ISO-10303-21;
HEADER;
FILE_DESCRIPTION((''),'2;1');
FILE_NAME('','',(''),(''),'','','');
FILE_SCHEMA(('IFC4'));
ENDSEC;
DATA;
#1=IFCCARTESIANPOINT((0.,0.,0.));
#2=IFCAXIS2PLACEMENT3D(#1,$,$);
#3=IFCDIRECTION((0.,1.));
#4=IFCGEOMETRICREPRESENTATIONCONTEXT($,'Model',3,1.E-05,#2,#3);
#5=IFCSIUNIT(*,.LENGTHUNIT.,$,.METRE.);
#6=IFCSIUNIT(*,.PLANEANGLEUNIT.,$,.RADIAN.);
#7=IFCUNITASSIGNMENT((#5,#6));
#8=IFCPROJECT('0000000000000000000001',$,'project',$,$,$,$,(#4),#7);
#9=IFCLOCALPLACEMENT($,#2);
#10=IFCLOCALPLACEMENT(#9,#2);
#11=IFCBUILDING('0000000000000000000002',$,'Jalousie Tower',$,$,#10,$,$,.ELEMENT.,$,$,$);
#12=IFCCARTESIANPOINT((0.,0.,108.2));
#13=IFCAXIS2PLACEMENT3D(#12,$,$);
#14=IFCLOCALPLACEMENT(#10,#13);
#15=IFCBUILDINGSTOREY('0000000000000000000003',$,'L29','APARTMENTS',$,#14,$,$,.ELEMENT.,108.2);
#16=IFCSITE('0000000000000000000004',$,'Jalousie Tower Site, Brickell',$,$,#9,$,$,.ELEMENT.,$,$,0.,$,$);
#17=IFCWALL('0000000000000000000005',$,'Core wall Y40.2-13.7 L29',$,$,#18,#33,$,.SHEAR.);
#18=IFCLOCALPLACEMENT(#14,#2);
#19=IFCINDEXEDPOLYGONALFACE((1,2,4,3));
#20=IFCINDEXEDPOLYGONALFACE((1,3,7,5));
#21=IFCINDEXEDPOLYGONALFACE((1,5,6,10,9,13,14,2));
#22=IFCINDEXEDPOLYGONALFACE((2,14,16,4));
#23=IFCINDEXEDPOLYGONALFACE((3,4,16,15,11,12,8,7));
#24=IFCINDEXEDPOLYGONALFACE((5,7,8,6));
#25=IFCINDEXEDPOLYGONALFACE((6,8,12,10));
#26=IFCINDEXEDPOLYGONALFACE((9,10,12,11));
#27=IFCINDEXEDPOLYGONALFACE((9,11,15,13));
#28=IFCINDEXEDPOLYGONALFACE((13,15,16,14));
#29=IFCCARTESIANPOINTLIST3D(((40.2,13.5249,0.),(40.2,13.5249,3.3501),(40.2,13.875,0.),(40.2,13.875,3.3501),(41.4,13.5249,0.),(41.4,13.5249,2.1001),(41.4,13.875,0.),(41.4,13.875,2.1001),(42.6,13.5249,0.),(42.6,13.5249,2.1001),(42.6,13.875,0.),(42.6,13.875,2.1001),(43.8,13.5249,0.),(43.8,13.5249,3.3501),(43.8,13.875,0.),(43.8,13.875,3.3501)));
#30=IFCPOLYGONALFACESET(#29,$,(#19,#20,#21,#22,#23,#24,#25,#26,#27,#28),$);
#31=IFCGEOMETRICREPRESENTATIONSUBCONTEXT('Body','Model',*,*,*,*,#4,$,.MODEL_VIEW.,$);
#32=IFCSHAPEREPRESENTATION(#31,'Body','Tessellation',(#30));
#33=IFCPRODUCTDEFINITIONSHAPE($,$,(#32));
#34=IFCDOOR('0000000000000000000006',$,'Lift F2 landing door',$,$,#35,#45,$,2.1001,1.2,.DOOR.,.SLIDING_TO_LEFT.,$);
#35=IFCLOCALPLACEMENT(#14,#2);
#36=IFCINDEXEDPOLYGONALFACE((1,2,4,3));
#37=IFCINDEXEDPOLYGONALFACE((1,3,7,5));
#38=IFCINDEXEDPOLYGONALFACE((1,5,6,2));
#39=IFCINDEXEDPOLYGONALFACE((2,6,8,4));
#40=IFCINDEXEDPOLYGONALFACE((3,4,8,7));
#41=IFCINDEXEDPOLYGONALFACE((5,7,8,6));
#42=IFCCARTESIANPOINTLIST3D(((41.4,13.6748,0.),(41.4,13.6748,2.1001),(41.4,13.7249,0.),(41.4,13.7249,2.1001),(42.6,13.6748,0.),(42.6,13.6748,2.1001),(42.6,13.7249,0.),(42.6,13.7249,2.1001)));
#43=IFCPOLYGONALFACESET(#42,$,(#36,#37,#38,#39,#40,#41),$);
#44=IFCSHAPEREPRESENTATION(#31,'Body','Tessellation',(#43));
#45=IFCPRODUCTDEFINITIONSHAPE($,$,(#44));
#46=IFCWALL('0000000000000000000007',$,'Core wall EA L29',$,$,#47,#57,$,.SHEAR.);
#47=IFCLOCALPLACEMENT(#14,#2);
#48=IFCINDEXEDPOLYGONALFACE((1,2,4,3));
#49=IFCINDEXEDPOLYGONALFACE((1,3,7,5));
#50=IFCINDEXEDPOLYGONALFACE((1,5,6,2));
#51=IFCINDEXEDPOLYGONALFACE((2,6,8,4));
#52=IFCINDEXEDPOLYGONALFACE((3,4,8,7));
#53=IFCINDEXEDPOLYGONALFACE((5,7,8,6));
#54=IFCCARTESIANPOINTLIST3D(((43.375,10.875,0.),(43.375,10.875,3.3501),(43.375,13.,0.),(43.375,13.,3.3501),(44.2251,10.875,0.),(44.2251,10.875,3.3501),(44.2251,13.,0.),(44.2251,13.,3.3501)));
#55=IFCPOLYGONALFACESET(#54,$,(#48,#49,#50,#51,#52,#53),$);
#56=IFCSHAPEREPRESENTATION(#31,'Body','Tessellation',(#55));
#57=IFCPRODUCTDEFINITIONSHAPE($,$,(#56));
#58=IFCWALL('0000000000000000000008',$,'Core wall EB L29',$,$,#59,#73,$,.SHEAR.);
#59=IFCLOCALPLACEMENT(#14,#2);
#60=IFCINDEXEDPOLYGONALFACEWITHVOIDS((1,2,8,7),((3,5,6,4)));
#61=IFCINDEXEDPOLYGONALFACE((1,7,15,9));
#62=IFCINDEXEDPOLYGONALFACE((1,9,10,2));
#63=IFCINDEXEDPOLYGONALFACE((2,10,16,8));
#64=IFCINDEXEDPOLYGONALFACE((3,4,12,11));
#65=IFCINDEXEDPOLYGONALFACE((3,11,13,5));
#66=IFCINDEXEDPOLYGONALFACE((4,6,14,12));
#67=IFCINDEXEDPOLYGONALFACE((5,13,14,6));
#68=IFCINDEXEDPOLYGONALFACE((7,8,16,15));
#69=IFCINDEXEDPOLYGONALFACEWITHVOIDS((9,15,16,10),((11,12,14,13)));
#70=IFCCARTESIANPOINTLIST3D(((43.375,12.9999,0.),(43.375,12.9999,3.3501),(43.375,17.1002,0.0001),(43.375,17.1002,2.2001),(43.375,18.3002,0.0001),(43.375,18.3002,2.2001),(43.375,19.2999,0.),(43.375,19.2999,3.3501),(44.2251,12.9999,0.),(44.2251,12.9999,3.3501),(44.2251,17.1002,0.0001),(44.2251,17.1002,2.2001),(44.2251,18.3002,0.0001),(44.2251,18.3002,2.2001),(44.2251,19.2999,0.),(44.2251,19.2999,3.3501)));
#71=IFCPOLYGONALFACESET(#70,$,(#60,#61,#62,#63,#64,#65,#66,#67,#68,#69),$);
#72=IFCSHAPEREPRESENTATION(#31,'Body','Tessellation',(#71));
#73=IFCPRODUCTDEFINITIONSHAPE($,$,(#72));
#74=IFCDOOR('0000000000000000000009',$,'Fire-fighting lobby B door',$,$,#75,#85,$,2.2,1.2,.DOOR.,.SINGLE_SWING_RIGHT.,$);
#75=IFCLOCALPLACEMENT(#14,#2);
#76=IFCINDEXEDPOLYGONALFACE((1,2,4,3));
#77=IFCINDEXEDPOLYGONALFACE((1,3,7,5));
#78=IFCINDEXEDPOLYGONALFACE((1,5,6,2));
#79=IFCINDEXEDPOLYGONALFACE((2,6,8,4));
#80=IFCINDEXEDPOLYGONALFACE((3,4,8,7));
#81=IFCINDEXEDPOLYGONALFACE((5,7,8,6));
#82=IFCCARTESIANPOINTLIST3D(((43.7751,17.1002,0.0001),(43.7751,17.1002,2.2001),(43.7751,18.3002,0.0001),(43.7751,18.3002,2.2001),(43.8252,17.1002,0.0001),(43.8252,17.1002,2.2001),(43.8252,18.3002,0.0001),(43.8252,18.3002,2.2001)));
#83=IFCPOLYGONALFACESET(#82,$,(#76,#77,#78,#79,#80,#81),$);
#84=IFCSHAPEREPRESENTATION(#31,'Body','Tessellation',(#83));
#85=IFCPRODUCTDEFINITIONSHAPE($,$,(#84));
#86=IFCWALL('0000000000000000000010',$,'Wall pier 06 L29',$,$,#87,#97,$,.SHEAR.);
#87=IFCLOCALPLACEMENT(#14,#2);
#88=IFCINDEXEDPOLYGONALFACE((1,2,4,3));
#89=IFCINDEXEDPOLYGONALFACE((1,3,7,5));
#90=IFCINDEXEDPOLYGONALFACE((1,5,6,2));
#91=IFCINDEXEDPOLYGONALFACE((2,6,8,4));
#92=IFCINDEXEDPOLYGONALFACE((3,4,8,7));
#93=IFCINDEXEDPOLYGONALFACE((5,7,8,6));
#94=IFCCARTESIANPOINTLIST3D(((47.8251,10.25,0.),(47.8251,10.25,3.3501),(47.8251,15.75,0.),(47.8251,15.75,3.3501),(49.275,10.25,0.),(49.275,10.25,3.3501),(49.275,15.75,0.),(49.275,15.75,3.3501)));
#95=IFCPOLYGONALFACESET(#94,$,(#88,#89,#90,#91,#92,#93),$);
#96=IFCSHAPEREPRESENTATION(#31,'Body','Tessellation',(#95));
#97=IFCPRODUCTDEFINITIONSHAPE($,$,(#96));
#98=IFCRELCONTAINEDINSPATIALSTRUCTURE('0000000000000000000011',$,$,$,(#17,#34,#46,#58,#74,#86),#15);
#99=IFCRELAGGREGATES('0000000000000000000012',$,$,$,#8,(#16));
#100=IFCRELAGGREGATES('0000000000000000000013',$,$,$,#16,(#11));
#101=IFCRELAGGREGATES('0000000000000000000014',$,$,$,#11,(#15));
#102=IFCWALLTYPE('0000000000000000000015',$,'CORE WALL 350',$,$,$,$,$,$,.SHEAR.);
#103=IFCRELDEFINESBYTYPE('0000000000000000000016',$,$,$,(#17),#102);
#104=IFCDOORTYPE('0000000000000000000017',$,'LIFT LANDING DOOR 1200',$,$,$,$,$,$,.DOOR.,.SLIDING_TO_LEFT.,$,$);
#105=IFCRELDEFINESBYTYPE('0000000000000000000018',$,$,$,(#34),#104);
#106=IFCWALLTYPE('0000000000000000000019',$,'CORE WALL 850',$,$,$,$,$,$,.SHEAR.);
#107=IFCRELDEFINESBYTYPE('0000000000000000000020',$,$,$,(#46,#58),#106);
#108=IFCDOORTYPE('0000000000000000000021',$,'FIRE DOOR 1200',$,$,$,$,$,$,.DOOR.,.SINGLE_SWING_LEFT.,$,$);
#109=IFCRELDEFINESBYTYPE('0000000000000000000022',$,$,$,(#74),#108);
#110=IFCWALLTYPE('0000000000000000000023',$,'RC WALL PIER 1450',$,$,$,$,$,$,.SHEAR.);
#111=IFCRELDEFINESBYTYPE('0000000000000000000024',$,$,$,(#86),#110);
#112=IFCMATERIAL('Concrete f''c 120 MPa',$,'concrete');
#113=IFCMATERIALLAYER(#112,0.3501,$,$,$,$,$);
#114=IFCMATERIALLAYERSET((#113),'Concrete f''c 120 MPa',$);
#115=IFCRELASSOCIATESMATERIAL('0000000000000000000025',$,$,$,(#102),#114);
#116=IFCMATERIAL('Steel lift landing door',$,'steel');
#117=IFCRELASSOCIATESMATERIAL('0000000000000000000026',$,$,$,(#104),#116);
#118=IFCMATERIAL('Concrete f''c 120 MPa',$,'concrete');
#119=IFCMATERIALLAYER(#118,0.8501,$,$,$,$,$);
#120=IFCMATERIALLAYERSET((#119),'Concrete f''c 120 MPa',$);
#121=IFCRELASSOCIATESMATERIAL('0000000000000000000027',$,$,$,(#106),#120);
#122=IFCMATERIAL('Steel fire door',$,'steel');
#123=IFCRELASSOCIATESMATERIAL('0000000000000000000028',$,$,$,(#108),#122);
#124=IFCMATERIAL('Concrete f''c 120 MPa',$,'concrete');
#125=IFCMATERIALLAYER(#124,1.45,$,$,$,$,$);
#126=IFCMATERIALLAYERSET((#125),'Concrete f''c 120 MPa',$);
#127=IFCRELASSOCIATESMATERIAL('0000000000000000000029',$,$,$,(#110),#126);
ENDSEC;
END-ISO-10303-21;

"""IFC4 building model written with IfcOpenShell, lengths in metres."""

from ifc_helpers import new_model, si_unit, direction, frame, frame_2d, origin, place, context, subcontext, project, spatial, rectangle, extrude, material, layer, layer_set, type_object, element, fill, save


model = new_model("IFC4")

# Units and contexts
model_context = context("Model", 3, precision=1e-05, world=origin(), true_north=direction((0.0, 1.0)))
body_context = subcontext(model_context, "Body", "Model", "MODEL_VIEW")
ifc_project = project(units=[si_unit("LENGTHUNIT", "METRE"), si_unit("PLANEANGLEUNIT", "RADIAN")], contexts=[model_context])

# Site, building, storey
site_placement = place(None, origin())
site = spatial("IfcSite", under=ifc_project, at=site_placement, Name="Jalousie Tower Site, Brickell", CompositionType="ELEMENT", RefElevation=0.0)
building_placement = place(site_placement, origin())
building = spatial("IfcBuilding", under=site, at=building_placement, Name="Jalousie Tower", CompositionType="ELEMENT")
storey_placement = place(building_placement, frame((0.0, 0.0, 108.2)))
storey = spatial("IfcBuildingStorey", under=building, at=storey_placement, Name="L29", Description="APARTMENTS", CompositionType="ELEMENT", Elevation=108.2)

# Shared definitions
ifc_material_1 = material(Name="Concrete f'c 120 MPa", Category="concrete")
ifc_layer_1 = layer(ifc_material_1, 0.3501)
ifc_layer_set_1 = layer_set([ifc_layer_1], Name="Concrete f'c 120 MPa")
wall_type_1 = type_object("IfcWallType", Name="CORE WALL 350", PredefinedType="SHEAR", material=ifc_layer_set_1)

# Wall, opening, door
wall_1_placement = place(storey_placement, frame((40.2, 13.7, 0.0), z_axis=(0.0, 0.0, 1.0), x_axis=(1.0, 0.0, 0.0)))
wall_1 = element("IfcWall", 1, at=wall_1_placement, inside=storey, type_object=wall_type_1, Name="Core wall Y40.2-13.7 L29", PredefinedType="SHEAR", context=body_context, shape_type="SweptSolid", body=[
    extrude(rectangle(XDim=3.6001, YDim=0.3501, at=frame_2d((1.8, 0.0))), origin(), (0.0, 0.0, 1.0), 3.3501),
])
opening_1_placement = place(wall_1_placement, frame((1.2, 0.0, 0.0)))
opening_1 = element("IfcOpeningElement", 2, at=opening_1_placement, cuts=wall_1, PredefinedType="OPENING", context=body_context, shape_type="SweptSolid", body=[
    extrude(rectangle(XDim=1.2, YDim=2.1001, at=frame_2d((0.6001, 1.05))), frame((0.0, 0.1851, 0.0), z_axis=(0.0, -1.0, 0.0), x_axis=(1.0, 0.0, 0.0)), (0.0, 0.0, 1.0), 0.3701),
])
ifc_material_2 = material(Name="Steel lift landing door", Category="steel")
door_type_1 = type_object("IfcDoorType", Name="LIFT LANDING DOOR 1200", OperationType="SLIDING_TO_LEFT", PredefinedType="DOOR", material=ifc_material_2)
door_1_placement = place(opening_1_placement, origin())
door_1 = element("IfcDoor", 3, at=door_1_placement, inside=storey, type_object=door_type_1, Name="Lift F2 landing door", OperationType="SLIDING_TO_LEFT", OverallHeight=2.1001, OverallWidth=1.2, PredefinedType="DOOR", context=body_context, shape_type="SweptSolid", body=[
    extrude(rectangle(XDim=1.2, YDim=2.1001, at=frame_2d((0.6001, 1.05))), frame((0.0, 0.0249, 0.0), z_axis=(0.0, -1.0, 0.0), x_axis=(1.0, 0.0, 0.0)), (0.0, 0.0, 1.0), 0.05),
])
fill(opening_1, door_1)

# Wall
ifc_material_3 = material(Name="Concrete f'c 120 MPa", Category="concrete")
ifc_layer_2 = layer(ifc_material_3, 0.8501)
ifc_layer_set_2 = layer_set([ifc_layer_2], Name="Concrete f'c 120 MPa")
wall_type_2 = type_object("IfcWallType", Name="CORE WALL 850", PredefinedType="SHEAR", material=ifc_layer_set_2)
wall_2_placement = place(storey_placement, frame((43.8, 10.875, 0.0), z_axis=(0.0, 0.0, 1.0), x_axis=(0.0, 1.0, 0.0)))
element("IfcWall", 4, at=wall_2_placement, inside=storey, type_object=wall_type_2, Name="Core wall EA L29", PredefinedType="SHEAR", context=body_context, shape_type="SweptSolid", body=[
    extrude(rectangle(XDim=2.125, YDim=0.8501, at=frame_2d((1.0625, 0.0))), origin(), (0.0, 0.0, 1.0), 3.3501),
])

# Wall, opening, door
wall_3_placement = place(storey_placement, frame((43.8, 13.0, 0.0), z_axis=(0.0, 0.0, 1.0), x_axis=(0.0, 1.0, 0.0)))
wall_3 = element("IfcWall", 5, at=wall_3_placement, inside=storey, type_object=wall_type_2, Name="Core wall EB L29", PredefinedType="SHEAR", context=body_context, shape_type="SweptSolid", body=[
    extrude(rectangle(XDim=6.3, YDim=0.8501, at=frame_2d((3.1499, 0.0))), origin(), (0.0, 0.0, 1.0), 3.3501),
])
opening_2_placement = place(wall_3_placement, frame((4.1001, 0.0, 0.0)))
opening_2 = element("IfcOpeningElement", 6, at=opening_2_placement, cuts=wall_3, PredefinedType="OPENING", context=body_context, shape_type="SweptSolid", body=[
    extrude(rectangle(XDim=1.2, YDim=2.2, at=frame_2d((0.6001, 1.1001))), frame((0.0, 0.4351, 0.0), z_axis=(0.0, -1.0, 0.0), x_axis=(1.0, 0.0, 0.0)), (0.0, 0.0, 1.0), 0.8701),
])
ifc_material_4 = material(Name="Steel fire door", Category="steel")
door_type_2 = type_object("IfcDoorType", Name="FIRE DOOR 1200", OperationType="SINGLE_SWING_LEFT", PredefinedType="DOOR", material=ifc_material_4)
door_2_placement = place(opening_2_placement, origin())
door_2 = element("IfcDoor", 7, at=door_2_placement, inside=storey, type_object=door_type_2, Name="Fire-fighting lobby B door", OperationType="SINGLE_SWING_RIGHT", OverallHeight=2.2, OverallWidth=1.2, PredefinedType="DOOR", context=body_context, shape_type="SweptSolid", body=[
    extrude(rectangle(XDim=1.2, YDim=2.2, at=frame_2d((0.6001, 1.1001))), frame((0.0, 0.0249, 0.0), z_axis=(0.0, -1.0, 0.0), x_axis=(1.0, 0.0, 0.0)), (0.0, 0.0, 1.0), 0.05),
])
fill(opening_2, door_2)

# Wall
ifc_material_5 = material(Name="Concrete f'c 120 MPa", Category="concrete")
ifc_layer_3 = layer(ifc_material_5, 1.45)
ifc_layer_set_3 = layer_set([ifc_layer_3], Name="Concrete f'c 120 MPa")
wall_type_3 = type_object("IfcWallType", Name="RC WALL PIER 1450", PredefinedType="SHEAR", material=ifc_layer_set_3)
wall_4_placement = place(storey_placement, frame((48.55, 10.25, 0.0), z_axis=(0.0, 0.0, 1.0), x_axis=(0.0, 1.0, 0.0)))
element("IfcWall", 8, at=wall_4_placement, inside=storey, type_object=wall_type_3, Name="Wall pier 06 L29", PredefinedType="SHEAR", context=body_context, shape_type="SweptSolid", body=[
    extrude(rectangle(XDim=5.5, YDim=1.45, at=frame_2d((2.75, 0.0))), origin(), (0.0, 0.0, 1.0), 3.3501),
])

save(model, "model.ifc")
